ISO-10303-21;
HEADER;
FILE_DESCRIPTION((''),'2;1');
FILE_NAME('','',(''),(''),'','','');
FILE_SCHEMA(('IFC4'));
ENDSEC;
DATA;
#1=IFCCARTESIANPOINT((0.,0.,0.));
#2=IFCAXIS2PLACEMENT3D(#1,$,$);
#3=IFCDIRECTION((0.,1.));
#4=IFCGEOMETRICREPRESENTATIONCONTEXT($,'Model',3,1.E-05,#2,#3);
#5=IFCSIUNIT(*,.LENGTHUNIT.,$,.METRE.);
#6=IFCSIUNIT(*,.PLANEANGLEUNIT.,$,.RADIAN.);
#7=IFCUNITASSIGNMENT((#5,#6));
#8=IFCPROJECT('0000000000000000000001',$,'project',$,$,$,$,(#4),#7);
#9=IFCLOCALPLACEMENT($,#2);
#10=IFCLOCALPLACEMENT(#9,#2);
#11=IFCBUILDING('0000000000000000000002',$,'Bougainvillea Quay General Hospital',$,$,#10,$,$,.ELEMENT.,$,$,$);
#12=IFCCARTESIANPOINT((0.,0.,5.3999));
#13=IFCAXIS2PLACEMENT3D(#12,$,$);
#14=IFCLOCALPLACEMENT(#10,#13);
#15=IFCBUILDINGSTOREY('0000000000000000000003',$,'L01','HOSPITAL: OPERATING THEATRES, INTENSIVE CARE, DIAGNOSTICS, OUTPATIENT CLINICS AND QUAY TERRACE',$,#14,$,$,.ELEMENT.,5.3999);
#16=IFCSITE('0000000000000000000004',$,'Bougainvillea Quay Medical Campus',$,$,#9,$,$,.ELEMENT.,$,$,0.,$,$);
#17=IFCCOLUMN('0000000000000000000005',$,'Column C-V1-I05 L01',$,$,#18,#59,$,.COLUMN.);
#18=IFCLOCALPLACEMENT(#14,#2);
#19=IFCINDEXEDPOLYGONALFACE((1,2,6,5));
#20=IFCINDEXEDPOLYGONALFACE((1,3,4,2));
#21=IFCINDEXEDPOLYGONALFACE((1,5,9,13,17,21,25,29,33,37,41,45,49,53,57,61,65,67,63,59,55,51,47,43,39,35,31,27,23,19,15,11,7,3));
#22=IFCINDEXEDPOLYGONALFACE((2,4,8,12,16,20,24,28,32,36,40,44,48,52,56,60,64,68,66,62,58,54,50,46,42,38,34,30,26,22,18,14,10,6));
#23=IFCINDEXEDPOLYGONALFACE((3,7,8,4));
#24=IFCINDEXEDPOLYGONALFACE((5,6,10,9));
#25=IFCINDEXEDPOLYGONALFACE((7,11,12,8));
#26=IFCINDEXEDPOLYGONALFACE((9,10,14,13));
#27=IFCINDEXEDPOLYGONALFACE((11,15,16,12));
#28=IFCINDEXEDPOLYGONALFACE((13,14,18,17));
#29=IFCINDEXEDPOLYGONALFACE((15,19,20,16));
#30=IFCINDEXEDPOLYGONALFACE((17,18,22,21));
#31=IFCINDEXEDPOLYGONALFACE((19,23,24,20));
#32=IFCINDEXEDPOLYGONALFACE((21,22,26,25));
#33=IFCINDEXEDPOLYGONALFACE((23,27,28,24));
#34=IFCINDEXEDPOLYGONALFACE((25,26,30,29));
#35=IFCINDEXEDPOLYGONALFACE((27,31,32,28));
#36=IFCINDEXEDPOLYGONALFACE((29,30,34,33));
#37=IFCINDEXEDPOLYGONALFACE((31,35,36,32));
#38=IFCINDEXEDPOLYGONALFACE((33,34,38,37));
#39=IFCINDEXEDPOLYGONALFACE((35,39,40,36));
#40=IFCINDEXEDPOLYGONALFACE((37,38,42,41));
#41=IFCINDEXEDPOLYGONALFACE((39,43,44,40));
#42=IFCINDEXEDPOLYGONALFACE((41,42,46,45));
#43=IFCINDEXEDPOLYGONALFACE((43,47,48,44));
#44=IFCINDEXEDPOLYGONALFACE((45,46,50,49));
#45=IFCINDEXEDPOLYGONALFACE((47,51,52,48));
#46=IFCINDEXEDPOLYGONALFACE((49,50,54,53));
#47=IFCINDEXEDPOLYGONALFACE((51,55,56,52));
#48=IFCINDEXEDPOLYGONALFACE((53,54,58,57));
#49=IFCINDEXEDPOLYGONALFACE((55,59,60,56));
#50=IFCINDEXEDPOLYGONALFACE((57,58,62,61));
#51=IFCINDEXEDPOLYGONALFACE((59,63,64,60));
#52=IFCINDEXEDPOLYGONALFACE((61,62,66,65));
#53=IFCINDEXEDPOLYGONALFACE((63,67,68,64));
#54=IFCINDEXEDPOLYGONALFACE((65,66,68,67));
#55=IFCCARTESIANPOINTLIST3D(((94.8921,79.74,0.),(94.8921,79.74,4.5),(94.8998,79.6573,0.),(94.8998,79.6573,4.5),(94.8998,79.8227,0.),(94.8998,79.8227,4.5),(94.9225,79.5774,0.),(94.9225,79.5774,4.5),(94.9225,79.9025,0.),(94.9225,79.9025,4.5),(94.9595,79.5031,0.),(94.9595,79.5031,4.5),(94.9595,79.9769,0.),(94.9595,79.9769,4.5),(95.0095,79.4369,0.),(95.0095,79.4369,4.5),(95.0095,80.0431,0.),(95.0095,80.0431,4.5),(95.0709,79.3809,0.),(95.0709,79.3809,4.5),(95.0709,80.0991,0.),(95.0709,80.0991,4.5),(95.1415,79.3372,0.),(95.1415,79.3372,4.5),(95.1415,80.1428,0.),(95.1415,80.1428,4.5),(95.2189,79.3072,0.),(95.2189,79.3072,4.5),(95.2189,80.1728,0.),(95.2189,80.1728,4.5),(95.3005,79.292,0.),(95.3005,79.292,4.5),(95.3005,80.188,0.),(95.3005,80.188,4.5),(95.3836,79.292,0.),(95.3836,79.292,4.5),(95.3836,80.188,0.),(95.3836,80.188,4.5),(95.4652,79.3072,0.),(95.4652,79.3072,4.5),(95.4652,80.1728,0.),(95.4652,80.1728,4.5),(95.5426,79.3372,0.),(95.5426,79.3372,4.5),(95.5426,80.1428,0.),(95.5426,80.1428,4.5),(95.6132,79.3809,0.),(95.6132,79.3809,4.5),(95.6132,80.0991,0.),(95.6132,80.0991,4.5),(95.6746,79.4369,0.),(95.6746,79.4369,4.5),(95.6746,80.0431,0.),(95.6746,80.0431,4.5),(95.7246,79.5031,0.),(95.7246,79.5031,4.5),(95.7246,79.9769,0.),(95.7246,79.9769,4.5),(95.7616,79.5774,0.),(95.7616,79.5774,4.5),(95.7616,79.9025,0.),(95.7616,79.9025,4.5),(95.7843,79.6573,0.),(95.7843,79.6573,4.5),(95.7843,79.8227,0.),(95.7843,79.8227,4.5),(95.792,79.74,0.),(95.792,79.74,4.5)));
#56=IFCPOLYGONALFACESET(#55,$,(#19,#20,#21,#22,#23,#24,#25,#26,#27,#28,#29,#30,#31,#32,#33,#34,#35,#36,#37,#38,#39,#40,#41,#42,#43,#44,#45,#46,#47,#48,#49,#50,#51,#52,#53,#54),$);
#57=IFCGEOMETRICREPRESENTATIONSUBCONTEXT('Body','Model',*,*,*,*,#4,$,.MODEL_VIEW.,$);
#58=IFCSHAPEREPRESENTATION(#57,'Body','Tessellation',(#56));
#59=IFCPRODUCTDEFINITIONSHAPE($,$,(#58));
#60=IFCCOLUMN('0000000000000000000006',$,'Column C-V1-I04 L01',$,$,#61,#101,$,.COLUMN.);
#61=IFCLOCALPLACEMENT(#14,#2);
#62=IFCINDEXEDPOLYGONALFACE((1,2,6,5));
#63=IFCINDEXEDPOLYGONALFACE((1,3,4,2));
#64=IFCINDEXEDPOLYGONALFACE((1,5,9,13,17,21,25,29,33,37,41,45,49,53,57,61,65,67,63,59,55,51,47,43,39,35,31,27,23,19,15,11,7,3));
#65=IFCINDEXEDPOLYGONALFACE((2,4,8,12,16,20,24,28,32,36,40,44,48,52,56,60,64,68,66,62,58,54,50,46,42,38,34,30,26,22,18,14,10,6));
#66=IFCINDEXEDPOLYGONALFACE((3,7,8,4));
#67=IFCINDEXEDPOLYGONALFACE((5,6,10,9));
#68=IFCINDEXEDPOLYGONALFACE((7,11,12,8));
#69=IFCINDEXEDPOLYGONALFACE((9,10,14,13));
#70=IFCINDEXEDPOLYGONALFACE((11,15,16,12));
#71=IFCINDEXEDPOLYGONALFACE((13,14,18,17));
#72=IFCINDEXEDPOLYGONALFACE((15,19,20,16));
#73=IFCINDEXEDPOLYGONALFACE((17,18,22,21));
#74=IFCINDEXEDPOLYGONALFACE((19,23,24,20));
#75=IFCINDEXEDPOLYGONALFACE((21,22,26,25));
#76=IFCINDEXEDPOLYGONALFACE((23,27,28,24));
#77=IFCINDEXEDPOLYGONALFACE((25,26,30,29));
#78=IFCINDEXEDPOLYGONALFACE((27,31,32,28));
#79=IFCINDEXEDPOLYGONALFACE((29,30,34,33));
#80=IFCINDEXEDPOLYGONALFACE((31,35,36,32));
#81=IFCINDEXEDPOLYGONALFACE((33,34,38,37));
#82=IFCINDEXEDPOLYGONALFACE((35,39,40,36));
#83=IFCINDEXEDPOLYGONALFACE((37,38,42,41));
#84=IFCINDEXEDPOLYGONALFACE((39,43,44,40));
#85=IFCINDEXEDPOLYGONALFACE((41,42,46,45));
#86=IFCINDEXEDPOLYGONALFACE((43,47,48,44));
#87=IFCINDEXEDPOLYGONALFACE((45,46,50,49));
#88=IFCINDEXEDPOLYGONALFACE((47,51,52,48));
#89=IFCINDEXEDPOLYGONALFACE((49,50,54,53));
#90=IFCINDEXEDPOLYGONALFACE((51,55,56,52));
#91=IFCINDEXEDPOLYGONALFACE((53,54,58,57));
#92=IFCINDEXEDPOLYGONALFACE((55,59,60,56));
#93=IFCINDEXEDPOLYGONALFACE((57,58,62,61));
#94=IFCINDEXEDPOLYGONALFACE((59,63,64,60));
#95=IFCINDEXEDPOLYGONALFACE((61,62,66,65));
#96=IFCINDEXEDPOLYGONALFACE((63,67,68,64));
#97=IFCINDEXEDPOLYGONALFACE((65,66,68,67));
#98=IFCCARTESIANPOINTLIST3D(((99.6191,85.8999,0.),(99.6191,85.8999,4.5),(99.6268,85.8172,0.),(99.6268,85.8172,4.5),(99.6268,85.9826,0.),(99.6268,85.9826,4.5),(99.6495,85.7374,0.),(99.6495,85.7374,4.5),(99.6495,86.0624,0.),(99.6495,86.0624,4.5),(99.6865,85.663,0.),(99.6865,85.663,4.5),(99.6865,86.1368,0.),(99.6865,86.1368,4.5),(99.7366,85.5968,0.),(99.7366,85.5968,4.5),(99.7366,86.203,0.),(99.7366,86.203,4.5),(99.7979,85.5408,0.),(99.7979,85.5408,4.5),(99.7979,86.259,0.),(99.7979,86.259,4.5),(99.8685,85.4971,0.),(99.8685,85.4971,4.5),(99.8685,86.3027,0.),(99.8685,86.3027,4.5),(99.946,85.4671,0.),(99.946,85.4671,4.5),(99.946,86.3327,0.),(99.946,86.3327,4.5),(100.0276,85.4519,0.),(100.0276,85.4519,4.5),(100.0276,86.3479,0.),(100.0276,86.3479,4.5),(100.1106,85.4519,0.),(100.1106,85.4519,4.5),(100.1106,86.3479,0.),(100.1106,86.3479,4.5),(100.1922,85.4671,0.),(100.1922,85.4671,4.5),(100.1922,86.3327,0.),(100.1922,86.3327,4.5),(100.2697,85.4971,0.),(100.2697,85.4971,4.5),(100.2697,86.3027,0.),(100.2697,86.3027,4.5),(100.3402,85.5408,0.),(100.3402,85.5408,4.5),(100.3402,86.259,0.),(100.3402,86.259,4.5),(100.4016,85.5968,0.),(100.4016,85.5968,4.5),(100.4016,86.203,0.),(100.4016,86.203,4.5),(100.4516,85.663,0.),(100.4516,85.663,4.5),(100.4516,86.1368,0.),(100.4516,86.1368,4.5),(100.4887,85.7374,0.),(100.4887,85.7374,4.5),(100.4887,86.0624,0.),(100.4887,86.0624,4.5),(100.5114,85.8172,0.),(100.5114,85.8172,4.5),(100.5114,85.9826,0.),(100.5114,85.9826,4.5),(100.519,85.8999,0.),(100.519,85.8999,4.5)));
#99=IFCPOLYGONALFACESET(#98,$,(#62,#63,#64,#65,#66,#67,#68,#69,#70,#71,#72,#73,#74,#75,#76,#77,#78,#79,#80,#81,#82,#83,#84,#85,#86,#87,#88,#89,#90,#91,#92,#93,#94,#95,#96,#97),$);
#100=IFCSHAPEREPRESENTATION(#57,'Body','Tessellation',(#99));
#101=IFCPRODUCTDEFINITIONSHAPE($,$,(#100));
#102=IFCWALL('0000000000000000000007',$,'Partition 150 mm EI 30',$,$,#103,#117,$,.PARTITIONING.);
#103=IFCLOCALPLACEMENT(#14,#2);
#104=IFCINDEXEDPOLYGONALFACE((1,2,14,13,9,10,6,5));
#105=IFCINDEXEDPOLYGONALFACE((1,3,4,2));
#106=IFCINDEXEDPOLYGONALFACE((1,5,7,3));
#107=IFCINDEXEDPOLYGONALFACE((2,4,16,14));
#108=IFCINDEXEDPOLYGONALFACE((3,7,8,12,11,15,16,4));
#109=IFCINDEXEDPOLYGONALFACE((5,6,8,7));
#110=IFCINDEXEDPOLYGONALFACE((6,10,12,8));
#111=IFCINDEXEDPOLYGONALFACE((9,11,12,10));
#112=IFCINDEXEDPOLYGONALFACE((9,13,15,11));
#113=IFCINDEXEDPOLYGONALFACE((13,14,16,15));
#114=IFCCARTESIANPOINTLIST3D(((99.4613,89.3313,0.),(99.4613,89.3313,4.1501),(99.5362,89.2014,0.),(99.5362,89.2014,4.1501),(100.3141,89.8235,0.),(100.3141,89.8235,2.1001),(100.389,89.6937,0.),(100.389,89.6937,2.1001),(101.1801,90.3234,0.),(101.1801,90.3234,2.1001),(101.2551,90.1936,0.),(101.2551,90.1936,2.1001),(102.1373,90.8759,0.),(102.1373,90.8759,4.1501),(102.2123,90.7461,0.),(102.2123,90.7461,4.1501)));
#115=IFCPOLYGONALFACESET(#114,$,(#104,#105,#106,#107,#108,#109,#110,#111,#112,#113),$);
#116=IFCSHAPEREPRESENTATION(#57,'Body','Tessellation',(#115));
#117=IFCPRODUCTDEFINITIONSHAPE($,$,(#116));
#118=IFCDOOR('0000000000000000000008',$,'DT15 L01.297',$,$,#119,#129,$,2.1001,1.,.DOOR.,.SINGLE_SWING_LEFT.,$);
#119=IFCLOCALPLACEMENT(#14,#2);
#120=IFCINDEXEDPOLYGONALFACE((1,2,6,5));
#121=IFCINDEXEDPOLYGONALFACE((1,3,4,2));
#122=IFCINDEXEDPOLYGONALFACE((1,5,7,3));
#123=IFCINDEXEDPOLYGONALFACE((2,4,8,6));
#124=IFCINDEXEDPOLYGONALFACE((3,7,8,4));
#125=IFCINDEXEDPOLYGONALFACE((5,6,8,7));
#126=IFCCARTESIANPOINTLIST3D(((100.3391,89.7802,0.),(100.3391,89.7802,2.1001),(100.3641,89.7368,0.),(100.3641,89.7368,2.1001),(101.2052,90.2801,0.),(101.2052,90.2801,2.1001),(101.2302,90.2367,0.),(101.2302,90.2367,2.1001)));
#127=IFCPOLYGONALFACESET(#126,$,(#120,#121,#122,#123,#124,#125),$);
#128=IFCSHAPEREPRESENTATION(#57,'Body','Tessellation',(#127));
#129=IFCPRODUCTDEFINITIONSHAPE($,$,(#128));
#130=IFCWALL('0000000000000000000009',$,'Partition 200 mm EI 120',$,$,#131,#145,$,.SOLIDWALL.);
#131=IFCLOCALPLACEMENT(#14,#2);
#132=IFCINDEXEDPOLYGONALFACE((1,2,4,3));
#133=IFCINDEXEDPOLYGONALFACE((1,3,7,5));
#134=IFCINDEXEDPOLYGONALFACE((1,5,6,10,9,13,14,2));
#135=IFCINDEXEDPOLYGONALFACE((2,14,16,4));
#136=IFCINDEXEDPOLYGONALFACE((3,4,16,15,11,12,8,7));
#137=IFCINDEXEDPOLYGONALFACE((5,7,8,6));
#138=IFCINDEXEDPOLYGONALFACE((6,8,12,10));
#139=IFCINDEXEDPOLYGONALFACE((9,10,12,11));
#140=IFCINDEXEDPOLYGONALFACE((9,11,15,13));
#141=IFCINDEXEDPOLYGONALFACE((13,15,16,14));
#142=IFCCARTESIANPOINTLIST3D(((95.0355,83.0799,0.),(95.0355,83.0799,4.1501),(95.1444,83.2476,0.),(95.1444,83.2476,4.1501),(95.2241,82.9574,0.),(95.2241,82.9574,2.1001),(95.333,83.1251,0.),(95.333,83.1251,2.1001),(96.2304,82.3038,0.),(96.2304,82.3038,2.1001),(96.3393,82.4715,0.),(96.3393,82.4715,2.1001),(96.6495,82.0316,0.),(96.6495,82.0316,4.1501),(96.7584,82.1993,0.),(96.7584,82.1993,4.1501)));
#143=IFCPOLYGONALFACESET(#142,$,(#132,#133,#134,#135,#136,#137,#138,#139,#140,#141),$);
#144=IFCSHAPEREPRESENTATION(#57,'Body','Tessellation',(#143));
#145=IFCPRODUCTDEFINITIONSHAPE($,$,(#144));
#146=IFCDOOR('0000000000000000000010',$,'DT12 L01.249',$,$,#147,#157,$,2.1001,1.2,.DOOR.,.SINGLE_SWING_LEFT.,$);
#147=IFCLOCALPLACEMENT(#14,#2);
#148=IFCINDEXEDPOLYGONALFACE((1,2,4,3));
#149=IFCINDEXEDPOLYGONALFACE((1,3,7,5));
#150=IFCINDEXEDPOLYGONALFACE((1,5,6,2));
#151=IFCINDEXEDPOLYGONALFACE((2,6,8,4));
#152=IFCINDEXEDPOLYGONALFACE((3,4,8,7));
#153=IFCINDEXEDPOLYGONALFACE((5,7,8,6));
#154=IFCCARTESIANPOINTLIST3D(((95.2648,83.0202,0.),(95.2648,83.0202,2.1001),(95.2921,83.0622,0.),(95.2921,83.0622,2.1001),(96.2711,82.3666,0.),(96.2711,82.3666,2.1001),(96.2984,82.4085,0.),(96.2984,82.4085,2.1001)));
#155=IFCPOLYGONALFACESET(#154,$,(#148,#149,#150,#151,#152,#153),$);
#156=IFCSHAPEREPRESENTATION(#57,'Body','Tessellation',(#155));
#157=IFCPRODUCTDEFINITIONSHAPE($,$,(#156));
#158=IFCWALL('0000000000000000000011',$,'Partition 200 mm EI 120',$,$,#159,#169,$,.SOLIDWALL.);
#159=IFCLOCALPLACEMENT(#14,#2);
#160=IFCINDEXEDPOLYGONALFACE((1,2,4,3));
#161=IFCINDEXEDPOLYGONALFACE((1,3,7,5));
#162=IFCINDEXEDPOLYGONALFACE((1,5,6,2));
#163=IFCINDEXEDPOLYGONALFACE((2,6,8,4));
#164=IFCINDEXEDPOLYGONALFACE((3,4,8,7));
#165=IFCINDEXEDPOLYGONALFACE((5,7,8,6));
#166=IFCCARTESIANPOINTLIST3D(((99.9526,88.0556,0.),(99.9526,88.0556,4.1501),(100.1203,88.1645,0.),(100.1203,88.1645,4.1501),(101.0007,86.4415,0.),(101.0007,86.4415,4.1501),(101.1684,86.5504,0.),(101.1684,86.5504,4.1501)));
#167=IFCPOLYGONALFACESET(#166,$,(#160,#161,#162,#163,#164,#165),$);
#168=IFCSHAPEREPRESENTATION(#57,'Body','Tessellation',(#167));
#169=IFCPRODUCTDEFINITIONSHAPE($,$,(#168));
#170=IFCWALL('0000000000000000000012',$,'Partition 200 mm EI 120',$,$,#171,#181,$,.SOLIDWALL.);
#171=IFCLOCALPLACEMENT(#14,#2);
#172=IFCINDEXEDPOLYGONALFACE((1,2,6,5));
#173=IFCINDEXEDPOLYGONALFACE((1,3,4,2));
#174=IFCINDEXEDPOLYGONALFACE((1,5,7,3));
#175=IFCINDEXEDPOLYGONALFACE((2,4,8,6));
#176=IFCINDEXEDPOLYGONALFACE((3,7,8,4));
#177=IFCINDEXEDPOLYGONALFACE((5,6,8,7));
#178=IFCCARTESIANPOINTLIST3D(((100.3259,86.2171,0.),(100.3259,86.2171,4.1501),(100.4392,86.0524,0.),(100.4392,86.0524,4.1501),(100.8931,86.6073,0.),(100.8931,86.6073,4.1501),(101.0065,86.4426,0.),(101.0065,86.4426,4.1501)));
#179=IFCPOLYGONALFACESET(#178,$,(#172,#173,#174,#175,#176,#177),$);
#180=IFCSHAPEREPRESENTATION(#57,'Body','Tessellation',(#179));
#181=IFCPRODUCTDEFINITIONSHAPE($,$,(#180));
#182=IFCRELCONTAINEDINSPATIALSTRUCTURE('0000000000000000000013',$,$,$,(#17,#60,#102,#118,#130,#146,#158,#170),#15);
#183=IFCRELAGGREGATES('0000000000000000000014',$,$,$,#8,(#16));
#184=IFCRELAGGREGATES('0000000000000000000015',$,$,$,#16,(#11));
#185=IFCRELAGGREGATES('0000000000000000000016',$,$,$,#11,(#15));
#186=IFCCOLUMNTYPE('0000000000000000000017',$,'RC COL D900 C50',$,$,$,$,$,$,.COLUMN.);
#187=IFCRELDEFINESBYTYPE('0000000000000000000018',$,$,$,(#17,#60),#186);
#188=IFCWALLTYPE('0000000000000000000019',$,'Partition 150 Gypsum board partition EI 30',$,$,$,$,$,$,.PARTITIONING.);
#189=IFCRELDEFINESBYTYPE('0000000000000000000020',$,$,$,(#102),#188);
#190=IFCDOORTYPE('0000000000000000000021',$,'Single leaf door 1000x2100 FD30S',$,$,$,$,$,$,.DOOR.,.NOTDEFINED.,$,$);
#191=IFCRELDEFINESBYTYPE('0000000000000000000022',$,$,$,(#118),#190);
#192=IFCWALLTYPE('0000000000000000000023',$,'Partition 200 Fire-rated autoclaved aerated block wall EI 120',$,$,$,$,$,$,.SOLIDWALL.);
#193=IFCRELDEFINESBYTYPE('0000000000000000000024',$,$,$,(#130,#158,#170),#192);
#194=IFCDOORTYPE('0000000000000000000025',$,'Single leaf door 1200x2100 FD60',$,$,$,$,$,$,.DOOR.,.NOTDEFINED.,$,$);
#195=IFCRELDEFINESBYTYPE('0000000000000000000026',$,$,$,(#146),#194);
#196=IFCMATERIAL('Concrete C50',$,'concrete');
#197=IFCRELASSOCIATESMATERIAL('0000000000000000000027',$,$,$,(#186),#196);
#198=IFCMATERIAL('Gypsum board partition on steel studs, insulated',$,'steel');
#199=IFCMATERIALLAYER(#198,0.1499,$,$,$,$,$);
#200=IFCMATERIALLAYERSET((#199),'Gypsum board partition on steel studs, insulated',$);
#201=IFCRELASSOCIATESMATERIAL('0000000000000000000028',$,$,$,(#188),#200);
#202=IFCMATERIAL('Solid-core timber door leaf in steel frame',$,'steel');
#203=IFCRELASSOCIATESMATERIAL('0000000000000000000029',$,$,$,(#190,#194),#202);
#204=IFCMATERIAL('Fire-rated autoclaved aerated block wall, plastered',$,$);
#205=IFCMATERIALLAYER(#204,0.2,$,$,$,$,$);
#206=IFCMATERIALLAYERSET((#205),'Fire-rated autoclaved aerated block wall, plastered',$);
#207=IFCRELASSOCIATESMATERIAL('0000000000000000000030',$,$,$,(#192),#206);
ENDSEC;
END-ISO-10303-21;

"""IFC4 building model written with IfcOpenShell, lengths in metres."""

from ifc_helpers import new_model, si_unit, direction, frame, frame_2d, origin, origin_2d, place, context, subcontext, project, spatial, rectangle, circle, extrude, material, layer, layer_set, material_profile, profile_set, type_object, element, fill, save


model = new_model("IFC4")

# Units and contexts
model_context = context("Model", 3, precision=1e-05, world=origin(), true_north=direction((0.0, 1.0)))
body_context = subcontext(model_context, "Body", "Model", "MODEL_VIEW")
ifc_project = project(units=[si_unit("LENGTHUNIT", "METRE"), si_unit("PLANEANGLEUNIT", "RADIAN")], contexts=[model_context])

# Site, building, storey
site_placement = place(None, origin())
site = spatial("IfcSite", under=ifc_project, at=site_placement, Name="Bougainvillea Quay Medical Campus", CompositionType="ELEMENT", RefElevation=0.0)
building_placement = place(site_placement, origin())
building = spatial("IfcBuilding", under=site, at=building_placement, Name="Bougainvillea Quay General Hospital", CompositionType="ELEMENT")
storey_placement = place(building_placement, frame((0.0, 0.0, 5.3999)))
storey = spatial("IfcBuildingStorey", under=building, at=storey_placement, Name="L01", Description="HOSPITAL: OPERATING THEATRES, INTENSIVE CARE, DIAGNOSTICS, OUTPATIENT CLINICS AND QUAY TERRACE", CompositionType="ELEMENT", Elevation=5.3999)

# Columns
ifc_material_1 = material(Name="Concrete C50", Category="concrete")
ifc_material_profile = material_profile(ifc_material_1, circle(Radius=0.45, at=origin_2d()))
ifc_profile_set = profile_set([ifc_material_profile], Name="Concrete C50")
column_type = type_object("IfcColumnType", Name="RC COL D900 C50", PredefinedType="COLUMN", material=ifc_profile_set)
for number, where, z_axis, x_axis, name in (
    (1, (95.342, 79.74, 0.0), (0.0, 0.0, 1.0), (1.0, 0.0, 0.0), "Column C-V1-I05 L01"),
    (2, (100.0691, 85.8999, 0.0), (0.0, 0.0, 1.0), (1.0, 0.0, 0.0), "Column C-V1-I04 L01"),
):
    element("IfcColumn", number, at=place(storey_placement, frame(where, z_axis=z_axis, x_axis=x_axis)), inside=storey, type_object=column_type, Name=name, PredefinedType="COLUMN", context=body_context, shape_type="SweptSolid", body=[
        extrude(circle(Radius=0.45, at=origin_2d()), origin(), (0.0, 0.0, 1.0), 4.5),
    ])

# Walls, openings, doors
ifc_material_2 = material(Name="Gypsum board partition on steel studs, insulated", Category="steel")
ifc_layer_1 = layer(ifc_material_2, 0.1499)
ifc_layer_set_1 = layer_set([ifc_layer_1], Name="Gypsum board partition on steel studs, insulated")
wall_type_1 = type_object("IfcWallType", Name="Partition 150 Gypsum board partition EI 30", PredefinedType="PARTITIONING", material=ifc_layer_set_1)
wall_1_placement = place(storey_placement, frame((99.4988, 89.2664, 0.0), z_axis=(0.0, 0.0, 1.0), x_axis=(0.866071, 0.499921, 0.0)))
wall_1 = element("IfcWall", 3, at=wall_1_placement, inside=storey, type_object=wall_type_1, Name="Partition 150 mm EI 30", PredefinedType="PARTITIONING", context=body_context, shape_type="SweptSolid", body=[
    extrude(rectangle(XDim=3.0898, YDim=0.1499, at=frame_2d((1.5449, 0.0))), origin(), (0.0, 0.0, 1.0), 4.1501),
])
opening_1_placement = place(wall_1_placement, frame((0.9846, 0.0, 0.0)))
opening_1 = element("IfcOpeningElement", 4, at=opening_1_placement, cuts=wall_1, PredefinedType="OPENING", context=body_context, shape_type="SweptSolid", body=[
    extrude(rectangle(XDim=1.0, YDim=2.1001, at=frame_2d((0.5, 1.05))), frame((0.0, 0.085, 0.0), z_axis=(0.0, -1.0, 0.0), x_axis=(1.0, 0.0, 0.0)), (0.0, 0.0, 1.0), 0.1699),
])
ifc_material_3 = material(Name="Solid-core timber door leaf in steel frame", Category="steel")
door_type_1 = type_object("IfcDoorType", Name="Single leaf door 1000x2100 FD30S", OperationType="NOTDEFINED", PredefinedType="DOOR", material=ifc_material_3)
door_1_placement = place(opening_1_placement, origin())
door_1 = element("IfcDoor", 5, at=door_1_placement, inside=storey, type_object=door_type_1, Name="DT15 L01.297", OperationType="SINGLE_SWING_LEFT", OverallHeight=2.1001, OverallWidth=1.0, PredefinedType="DOOR", context=body_context, shape_type="SweptSolid", body=[
    extrude(rectangle(XDim=1.0, YDim=2.1001, at=frame_2d((0.5, 1.05))), frame((0.0, 0.0249, 0.0), z_axis=(0.0, -1.0, 0.0), x_axis=(1.0, 0.0, 0.0)), (0.0, 0.0, 1.0), 0.05),
])
fill(opening_1, door_1)
ifc_material_4 = material(Name="Fire-rated autoclaved aerated block wall, plastered")
ifc_layer_2 = layer(ifc_material_4, 0.2)
ifc_layer_set_2 = layer_set([ifc_layer_2], Name="Fire-rated autoclaved aerated block wall, plastered")
wall_type_2 = type_object("IfcWallType", Name="Partition 200 Fire-rated autoclaved aerated block wall EI 120", PredefinedType="SOLIDWALL", material=ifc_layer_set_2)
wall_2_placement = place(storey_placement, frame((95.0898, 83.1638, 0.0), z_axis=(0.0, 0.0, 1.0), x_axis=(0.838626, -0.544707, 0.0)))
wall_2 = element("IfcWall", 6, at=wall_2_placement, inside=storey, type_object=wall_type_2, Name="Partition 200 mm EI 120", PredefinedType="SOLIDWALL", context=body_context, shape_type="SweptSolid", body=[
    extrude(rectangle(XDim=1.9246, YDim=0.2, at=frame_2d((0.9624, 0.0))), origin(), (0.0, 0.0, 1.0), 4.1501),
])
opening_2_placement = place(wall_2_placement, frame((0.2249, 0.0, 0.0)))
opening_2 = element("IfcOpeningElement", 7, at=opening_2_placement, cuts=wall_2, PredefinedType="OPENING", context=body_context, shape_type="SweptSolid", body=[
    extrude(rectangle(XDim=1.2, YDim=2.1001, at=frame_2d((0.6001, 1.05))), frame((0.0, 0.1099, 0.0), z_axis=(0.0, -1.0, 0.0), x_axis=(1.0, 0.0, 0.0)), (0.0, 0.0, 1.0), 0.22),
])
door_type_2 = type_object("IfcDoorType", Name="Single leaf door 1200x2100 FD60", OperationType="NOTDEFINED", PredefinedType="DOOR", material=ifc_material_3)
door_2_placement = place(opening_2_placement, origin())
door_2 = element("IfcDoor", 8, at=door_2_placement, inside=storey, type_object=door_type_2, Name="DT12 L01.249", OperationType="SINGLE_SWING_LEFT", OverallHeight=2.1001, OverallWidth=1.2, PredefinedType="DOOR", context=body_context, shape_type="SweptSolid", body=[
    extrude(rectangle(XDim=1.2, YDim=2.1001, at=frame_2d((0.6001, 1.05))), frame((0.0, 0.0249, 0.0), z_axis=(0.0, -1.0, 0.0), x_axis=(1.0, 0.0, 0.0)), (0.0, 0.0, 1.0), 0.05),
])
fill(opening_2, door_2)

# Walls
wall_3_placement = place(storey_placement, frame((100.0364, 88.1101, 0.0), z_axis=(0.0, 0.0, 1.0), x_axis=(0.544618, -0.838684, 0.0)))
element("IfcWall", 9, at=wall_3_placement, inside=storey, type_object=wall_type_2, Name="Partition 200 mm EI 120", PredefinedType="SOLIDWALL", context=body_context, shape_type="SweptSolid", body=[
    extrude(rectangle(XDim=1.9246, YDim=0.2, at=frame_2d((0.9624, 0.0))), origin(), (0.0, 0.0, 1.0), 4.1501),
])
wall_4_placement = place(storey_placement, frame((100.3826, 86.1348, 0.0), z_axis=(0.0, 0.0, 1.0), x_axis=(0.823887, 0.566755, 0.0)))
element("IfcWall", 10, at=wall_4_placement, inside=storey, type_object=wall_type_2, Name="Partition 200 mm EI 120", PredefinedType="SOLIDWALL", context=body_context, shape_type="SweptSolid", body=[
    extrude(rectangle(XDim=0.6885, YDim=0.2, at=frame_2d((0.3442, 0.0))), origin(), (0.0, 0.0, 1.0), 4.1501),
])

save(model, "model.ifc")
